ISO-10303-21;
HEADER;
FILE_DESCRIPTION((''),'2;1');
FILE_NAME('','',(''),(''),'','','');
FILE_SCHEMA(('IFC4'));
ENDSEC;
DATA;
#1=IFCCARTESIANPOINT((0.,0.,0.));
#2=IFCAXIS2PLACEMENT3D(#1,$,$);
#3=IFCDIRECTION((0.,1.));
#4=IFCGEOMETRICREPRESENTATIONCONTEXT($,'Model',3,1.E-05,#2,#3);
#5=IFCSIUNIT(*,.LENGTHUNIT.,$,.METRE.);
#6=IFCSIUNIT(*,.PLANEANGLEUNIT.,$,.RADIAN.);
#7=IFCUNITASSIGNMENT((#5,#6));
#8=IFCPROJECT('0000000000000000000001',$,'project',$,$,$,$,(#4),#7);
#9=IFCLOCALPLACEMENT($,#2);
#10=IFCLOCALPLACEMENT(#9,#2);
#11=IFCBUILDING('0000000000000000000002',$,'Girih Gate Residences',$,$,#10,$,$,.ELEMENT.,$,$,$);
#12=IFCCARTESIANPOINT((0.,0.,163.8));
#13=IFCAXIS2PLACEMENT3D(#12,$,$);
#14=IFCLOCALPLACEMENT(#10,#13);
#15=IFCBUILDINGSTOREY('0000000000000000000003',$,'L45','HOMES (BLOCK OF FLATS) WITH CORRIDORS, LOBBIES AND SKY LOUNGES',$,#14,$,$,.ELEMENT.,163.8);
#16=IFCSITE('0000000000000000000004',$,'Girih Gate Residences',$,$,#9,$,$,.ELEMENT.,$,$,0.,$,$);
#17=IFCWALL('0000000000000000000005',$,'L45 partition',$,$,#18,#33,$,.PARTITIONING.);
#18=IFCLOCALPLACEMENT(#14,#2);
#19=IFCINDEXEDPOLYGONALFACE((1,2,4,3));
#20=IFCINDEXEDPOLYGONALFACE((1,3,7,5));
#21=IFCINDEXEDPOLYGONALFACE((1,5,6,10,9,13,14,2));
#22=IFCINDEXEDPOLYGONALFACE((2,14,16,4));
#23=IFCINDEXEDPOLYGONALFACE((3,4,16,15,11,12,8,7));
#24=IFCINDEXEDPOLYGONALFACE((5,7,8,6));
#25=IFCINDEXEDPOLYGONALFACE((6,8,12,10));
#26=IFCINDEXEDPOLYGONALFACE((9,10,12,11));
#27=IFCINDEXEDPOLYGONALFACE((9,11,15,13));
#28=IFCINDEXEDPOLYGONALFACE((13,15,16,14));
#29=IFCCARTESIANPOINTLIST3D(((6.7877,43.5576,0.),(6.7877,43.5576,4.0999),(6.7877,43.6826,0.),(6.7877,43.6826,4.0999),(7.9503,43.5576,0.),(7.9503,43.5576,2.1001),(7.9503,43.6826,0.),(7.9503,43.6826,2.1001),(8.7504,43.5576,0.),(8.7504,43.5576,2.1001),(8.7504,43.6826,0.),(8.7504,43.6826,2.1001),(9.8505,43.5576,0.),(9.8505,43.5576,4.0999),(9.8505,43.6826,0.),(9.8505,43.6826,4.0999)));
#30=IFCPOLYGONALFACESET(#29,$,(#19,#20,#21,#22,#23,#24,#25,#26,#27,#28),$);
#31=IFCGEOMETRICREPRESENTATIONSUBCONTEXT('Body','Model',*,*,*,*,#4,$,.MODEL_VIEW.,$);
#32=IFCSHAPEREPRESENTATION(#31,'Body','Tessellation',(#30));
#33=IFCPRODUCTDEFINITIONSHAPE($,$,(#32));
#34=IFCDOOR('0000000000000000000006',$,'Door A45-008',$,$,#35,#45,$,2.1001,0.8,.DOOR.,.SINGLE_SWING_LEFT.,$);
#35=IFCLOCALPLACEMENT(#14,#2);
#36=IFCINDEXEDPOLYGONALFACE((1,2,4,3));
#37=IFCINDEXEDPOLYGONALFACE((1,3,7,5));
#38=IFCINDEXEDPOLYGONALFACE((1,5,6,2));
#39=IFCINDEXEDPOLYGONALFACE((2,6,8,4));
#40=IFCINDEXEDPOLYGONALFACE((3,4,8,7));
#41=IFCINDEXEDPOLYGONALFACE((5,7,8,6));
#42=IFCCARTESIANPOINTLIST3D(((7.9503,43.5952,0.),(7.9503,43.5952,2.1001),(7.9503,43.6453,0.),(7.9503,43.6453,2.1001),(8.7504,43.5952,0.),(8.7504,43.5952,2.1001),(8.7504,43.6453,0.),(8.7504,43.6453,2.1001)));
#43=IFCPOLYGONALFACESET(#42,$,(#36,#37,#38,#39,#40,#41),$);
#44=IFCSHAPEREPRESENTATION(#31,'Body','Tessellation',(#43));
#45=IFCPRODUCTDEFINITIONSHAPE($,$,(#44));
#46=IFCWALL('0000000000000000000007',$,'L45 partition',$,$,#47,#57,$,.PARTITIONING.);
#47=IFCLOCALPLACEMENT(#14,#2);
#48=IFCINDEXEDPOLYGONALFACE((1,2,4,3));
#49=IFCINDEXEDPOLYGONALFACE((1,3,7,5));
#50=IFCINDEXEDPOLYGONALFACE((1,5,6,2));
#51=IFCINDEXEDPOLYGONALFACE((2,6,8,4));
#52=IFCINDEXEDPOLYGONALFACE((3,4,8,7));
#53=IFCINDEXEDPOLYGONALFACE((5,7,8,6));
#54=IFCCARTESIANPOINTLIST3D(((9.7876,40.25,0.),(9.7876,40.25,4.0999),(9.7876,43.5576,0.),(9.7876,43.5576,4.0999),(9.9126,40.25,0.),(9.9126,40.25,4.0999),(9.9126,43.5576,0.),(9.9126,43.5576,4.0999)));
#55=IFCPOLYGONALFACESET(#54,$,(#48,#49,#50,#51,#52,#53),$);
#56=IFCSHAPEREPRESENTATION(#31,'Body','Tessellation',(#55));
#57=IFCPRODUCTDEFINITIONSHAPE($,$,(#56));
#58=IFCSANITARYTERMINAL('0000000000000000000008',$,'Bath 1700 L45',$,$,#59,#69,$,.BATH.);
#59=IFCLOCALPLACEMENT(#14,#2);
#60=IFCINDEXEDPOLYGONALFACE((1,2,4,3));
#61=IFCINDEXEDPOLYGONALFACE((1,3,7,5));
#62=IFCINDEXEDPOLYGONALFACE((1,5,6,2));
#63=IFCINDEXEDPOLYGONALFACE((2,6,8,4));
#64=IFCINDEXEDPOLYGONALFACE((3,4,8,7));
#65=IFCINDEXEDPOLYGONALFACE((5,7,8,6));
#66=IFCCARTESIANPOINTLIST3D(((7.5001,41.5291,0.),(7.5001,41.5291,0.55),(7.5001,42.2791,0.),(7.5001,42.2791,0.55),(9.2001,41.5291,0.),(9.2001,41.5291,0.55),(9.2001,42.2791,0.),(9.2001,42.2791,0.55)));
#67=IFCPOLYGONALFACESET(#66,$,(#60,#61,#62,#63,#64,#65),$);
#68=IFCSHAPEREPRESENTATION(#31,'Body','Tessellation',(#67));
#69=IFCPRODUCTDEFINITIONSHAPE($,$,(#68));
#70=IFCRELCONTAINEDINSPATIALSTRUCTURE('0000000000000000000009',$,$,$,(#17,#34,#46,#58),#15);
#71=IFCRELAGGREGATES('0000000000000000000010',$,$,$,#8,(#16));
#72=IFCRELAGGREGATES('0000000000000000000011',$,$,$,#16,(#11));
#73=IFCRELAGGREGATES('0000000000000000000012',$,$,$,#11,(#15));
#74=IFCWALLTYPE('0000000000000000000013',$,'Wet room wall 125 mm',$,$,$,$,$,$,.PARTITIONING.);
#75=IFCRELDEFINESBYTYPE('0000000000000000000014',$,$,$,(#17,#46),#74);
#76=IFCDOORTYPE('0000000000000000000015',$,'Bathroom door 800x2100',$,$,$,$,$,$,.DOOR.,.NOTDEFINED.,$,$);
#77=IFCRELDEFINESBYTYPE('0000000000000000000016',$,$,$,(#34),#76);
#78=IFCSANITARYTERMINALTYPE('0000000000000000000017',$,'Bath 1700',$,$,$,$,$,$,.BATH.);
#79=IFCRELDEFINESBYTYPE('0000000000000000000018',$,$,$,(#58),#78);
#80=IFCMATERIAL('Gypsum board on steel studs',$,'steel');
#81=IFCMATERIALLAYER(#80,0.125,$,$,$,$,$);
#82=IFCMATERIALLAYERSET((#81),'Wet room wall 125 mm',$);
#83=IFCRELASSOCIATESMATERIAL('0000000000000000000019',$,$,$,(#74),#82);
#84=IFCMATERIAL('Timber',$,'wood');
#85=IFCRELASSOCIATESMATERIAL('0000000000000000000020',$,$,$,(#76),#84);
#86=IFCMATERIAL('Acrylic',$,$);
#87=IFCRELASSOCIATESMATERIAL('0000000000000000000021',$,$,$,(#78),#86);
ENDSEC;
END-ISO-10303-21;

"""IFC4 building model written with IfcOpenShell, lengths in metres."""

from ifc_helpers import new_model, si_unit, direction, frame, frame_2d, origin, origin_2d, place, context, subcontext, project, spatial, rectangle, extrude, material, layer, layer_set, type_object, element, fill, save


model = new_model("IFC4")

# Units and contexts
model_context = context("Model", 3, precision=1e-05, world=origin(), true_north=direction((0.0, 1.0)))
body_context = subcontext(model_context, "Body", "Model", "MODEL_VIEW")
ifc_project = project(units=[si_unit("LENGTHUNIT", "METRE"), si_unit("PLANEANGLEUNIT", "RADIAN")], contexts=[model_context])

# Site, building, storey
site_placement = place(None, origin())
site = spatial("IfcSite", under=ifc_project, at=site_placement, Name="Girih Gate Residences", CompositionType="ELEMENT", RefElevation=0.0)
building_placement = place(site_placement, origin())
building = spatial("IfcBuilding", under=site, at=building_placement, Name="Girih Gate Residences", CompositionType="ELEMENT")
storey_placement = place(building_placement, frame((0.0, 0.0, 163.8)))
storey = spatial("IfcBuildingStorey", under=building, at=storey_placement, Name="L45", Description="HOMES (BLOCK OF FLATS) WITH CORRIDORS, LOBBIES AND SKY LOUNGES", CompositionType="ELEMENT", Elevation=163.8)

# Shared definitions
ifc_material_1 = material(Name="Gypsum board on steel studs", Category="steel")

# Shared definitions
ifc_material_2 = material(Name="Timber", Category="wood")

# Shared definitions
ifc_layer_1 = layer(ifc_material_1, 0.125)
ifc_layer_set_1 = layer_set([ifc_layer_1], Name="Wet room wall 125 mm")
wall_type_1 = type_object("IfcWallType", Name="Wet room wall 125 mm", PredefinedType="PARTITIONING", material=ifc_layer_set_1)

# Wall, opening, door
wall_1_placement = place(storey_placement, frame((9.8503, 43.6201, 0.0), z_axis=(0.0, 0.0, 1.0), x_axis=(-1.0, 0.0, 0.0)))
wall_1 = element("IfcWall", 1, at=wall_1_placement, inside=storey, type_object=wall_type_1, Name="L45 partition", PredefinedType="PARTITIONING", context=body_context, shape_type="SweptSolid", body=[
    extrude(rectangle(XDim=3.0627, YDim=0.125, at=frame_2d((1.5312, 0.0))), origin(), (0.0, 0.0, 1.0), 4.0999),
])
opening_1_placement = place(wall_1_placement, frame((1.1001, 0.0, 0.0)))
opening_1 = element("IfcOpeningElement", 2, at=opening_1_placement, cuts=wall_1, PredefinedType="OPENING", context=body_context, shape_type="SweptSolid", body=[
    extrude(rectangle(XDim=0.8, YDim=2.1001, at=frame_2d((0.3999, 1.05))), frame((0.0, 0.0725, 0.0), z_axis=(0.0, -1.0, 0.0), x_axis=(1.0, 0.0, 0.0)), (0.0, 0.0, 1.0), 0.145),
])
door_type_1 = type_object("IfcDoorType", Name="Bathroom door 800x2100", OperationType="NOTDEFINED", PredefinedType="DOOR", material=ifc_material_2)
door_1_placement = place(opening_1_placement, origin())
door_1 = element("IfcDoor", 3, at=door_1_placement, inside=storey, type_object=door_type_1, Name="Door A45-008", OperationType="SINGLE_SWING_LEFT", OverallHeight=2.1001, OverallWidth=0.8, PredefinedType="DOOR", context=body_context, shape_type="SweptSolid", body=[
    extrude(rectangle(XDim=0.8, YDim=2.1001, at=frame_2d((0.3999, 1.05))), frame((0.0, 0.0249, 0.0), z_axis=(0.0, -1.0, 0.0), x_axis=(1.0, 0.0, 0.0)), (0.0, 0.0, 1.0), 0.05),
])
fill(opening_1, door_1)

# Wall
wall_2_placement = place(storey_placement, frame((9.8501, 40.25, 0.0), z_axis=(0.0, 0.0, 1.0), x_axis=(0.0, 1.0, 0.0)))
element("IfcWall", 4, at=wall_2_placement, inside=storey, type_object=wall_type_1, Name="L45 partition", PredefinedType="PARTITIONING", context=body_context, shape_type="SweptSolid", body=[
    extrude(rectangle(XDim=3.3076, YDim=0.125, at=frame_2d((1.6538, 0.0))), origin(), (0.0, 0.0, 1.0), 4.0999),
])

# Sanitary terminal
ifc_material_3 = material(Name="Acrylic")
sanitary_terminal_type = type_object("IfcSanitaryTerminalType", Name="Bath 1700", PredefinedType="BATH", material=ifc_material_3)
sanitary_terminal_placement = place(storey_placement, frame((8.3501, 41.9041, 0.0), z_axis=(0.0, 0.0, 1.0), x_axis=(1.0, 0.0, 0.0)))
element("IfcSanitaryTerminal", 5, at=sanitary_terminal_placement, inside=storey, type_object=sanitary_terminal_type, Name="Bath 1700 L45", PredefinedType="BATH", context=body_context, shape_type="SweptSolid", body=[
    extrude(rectangle(XDim=1.7, YDim=0.75, at=origin_2d()), origin(), (0.0, 0.0, 1.0), 0.55),
])

save(model, "model.ifc")
